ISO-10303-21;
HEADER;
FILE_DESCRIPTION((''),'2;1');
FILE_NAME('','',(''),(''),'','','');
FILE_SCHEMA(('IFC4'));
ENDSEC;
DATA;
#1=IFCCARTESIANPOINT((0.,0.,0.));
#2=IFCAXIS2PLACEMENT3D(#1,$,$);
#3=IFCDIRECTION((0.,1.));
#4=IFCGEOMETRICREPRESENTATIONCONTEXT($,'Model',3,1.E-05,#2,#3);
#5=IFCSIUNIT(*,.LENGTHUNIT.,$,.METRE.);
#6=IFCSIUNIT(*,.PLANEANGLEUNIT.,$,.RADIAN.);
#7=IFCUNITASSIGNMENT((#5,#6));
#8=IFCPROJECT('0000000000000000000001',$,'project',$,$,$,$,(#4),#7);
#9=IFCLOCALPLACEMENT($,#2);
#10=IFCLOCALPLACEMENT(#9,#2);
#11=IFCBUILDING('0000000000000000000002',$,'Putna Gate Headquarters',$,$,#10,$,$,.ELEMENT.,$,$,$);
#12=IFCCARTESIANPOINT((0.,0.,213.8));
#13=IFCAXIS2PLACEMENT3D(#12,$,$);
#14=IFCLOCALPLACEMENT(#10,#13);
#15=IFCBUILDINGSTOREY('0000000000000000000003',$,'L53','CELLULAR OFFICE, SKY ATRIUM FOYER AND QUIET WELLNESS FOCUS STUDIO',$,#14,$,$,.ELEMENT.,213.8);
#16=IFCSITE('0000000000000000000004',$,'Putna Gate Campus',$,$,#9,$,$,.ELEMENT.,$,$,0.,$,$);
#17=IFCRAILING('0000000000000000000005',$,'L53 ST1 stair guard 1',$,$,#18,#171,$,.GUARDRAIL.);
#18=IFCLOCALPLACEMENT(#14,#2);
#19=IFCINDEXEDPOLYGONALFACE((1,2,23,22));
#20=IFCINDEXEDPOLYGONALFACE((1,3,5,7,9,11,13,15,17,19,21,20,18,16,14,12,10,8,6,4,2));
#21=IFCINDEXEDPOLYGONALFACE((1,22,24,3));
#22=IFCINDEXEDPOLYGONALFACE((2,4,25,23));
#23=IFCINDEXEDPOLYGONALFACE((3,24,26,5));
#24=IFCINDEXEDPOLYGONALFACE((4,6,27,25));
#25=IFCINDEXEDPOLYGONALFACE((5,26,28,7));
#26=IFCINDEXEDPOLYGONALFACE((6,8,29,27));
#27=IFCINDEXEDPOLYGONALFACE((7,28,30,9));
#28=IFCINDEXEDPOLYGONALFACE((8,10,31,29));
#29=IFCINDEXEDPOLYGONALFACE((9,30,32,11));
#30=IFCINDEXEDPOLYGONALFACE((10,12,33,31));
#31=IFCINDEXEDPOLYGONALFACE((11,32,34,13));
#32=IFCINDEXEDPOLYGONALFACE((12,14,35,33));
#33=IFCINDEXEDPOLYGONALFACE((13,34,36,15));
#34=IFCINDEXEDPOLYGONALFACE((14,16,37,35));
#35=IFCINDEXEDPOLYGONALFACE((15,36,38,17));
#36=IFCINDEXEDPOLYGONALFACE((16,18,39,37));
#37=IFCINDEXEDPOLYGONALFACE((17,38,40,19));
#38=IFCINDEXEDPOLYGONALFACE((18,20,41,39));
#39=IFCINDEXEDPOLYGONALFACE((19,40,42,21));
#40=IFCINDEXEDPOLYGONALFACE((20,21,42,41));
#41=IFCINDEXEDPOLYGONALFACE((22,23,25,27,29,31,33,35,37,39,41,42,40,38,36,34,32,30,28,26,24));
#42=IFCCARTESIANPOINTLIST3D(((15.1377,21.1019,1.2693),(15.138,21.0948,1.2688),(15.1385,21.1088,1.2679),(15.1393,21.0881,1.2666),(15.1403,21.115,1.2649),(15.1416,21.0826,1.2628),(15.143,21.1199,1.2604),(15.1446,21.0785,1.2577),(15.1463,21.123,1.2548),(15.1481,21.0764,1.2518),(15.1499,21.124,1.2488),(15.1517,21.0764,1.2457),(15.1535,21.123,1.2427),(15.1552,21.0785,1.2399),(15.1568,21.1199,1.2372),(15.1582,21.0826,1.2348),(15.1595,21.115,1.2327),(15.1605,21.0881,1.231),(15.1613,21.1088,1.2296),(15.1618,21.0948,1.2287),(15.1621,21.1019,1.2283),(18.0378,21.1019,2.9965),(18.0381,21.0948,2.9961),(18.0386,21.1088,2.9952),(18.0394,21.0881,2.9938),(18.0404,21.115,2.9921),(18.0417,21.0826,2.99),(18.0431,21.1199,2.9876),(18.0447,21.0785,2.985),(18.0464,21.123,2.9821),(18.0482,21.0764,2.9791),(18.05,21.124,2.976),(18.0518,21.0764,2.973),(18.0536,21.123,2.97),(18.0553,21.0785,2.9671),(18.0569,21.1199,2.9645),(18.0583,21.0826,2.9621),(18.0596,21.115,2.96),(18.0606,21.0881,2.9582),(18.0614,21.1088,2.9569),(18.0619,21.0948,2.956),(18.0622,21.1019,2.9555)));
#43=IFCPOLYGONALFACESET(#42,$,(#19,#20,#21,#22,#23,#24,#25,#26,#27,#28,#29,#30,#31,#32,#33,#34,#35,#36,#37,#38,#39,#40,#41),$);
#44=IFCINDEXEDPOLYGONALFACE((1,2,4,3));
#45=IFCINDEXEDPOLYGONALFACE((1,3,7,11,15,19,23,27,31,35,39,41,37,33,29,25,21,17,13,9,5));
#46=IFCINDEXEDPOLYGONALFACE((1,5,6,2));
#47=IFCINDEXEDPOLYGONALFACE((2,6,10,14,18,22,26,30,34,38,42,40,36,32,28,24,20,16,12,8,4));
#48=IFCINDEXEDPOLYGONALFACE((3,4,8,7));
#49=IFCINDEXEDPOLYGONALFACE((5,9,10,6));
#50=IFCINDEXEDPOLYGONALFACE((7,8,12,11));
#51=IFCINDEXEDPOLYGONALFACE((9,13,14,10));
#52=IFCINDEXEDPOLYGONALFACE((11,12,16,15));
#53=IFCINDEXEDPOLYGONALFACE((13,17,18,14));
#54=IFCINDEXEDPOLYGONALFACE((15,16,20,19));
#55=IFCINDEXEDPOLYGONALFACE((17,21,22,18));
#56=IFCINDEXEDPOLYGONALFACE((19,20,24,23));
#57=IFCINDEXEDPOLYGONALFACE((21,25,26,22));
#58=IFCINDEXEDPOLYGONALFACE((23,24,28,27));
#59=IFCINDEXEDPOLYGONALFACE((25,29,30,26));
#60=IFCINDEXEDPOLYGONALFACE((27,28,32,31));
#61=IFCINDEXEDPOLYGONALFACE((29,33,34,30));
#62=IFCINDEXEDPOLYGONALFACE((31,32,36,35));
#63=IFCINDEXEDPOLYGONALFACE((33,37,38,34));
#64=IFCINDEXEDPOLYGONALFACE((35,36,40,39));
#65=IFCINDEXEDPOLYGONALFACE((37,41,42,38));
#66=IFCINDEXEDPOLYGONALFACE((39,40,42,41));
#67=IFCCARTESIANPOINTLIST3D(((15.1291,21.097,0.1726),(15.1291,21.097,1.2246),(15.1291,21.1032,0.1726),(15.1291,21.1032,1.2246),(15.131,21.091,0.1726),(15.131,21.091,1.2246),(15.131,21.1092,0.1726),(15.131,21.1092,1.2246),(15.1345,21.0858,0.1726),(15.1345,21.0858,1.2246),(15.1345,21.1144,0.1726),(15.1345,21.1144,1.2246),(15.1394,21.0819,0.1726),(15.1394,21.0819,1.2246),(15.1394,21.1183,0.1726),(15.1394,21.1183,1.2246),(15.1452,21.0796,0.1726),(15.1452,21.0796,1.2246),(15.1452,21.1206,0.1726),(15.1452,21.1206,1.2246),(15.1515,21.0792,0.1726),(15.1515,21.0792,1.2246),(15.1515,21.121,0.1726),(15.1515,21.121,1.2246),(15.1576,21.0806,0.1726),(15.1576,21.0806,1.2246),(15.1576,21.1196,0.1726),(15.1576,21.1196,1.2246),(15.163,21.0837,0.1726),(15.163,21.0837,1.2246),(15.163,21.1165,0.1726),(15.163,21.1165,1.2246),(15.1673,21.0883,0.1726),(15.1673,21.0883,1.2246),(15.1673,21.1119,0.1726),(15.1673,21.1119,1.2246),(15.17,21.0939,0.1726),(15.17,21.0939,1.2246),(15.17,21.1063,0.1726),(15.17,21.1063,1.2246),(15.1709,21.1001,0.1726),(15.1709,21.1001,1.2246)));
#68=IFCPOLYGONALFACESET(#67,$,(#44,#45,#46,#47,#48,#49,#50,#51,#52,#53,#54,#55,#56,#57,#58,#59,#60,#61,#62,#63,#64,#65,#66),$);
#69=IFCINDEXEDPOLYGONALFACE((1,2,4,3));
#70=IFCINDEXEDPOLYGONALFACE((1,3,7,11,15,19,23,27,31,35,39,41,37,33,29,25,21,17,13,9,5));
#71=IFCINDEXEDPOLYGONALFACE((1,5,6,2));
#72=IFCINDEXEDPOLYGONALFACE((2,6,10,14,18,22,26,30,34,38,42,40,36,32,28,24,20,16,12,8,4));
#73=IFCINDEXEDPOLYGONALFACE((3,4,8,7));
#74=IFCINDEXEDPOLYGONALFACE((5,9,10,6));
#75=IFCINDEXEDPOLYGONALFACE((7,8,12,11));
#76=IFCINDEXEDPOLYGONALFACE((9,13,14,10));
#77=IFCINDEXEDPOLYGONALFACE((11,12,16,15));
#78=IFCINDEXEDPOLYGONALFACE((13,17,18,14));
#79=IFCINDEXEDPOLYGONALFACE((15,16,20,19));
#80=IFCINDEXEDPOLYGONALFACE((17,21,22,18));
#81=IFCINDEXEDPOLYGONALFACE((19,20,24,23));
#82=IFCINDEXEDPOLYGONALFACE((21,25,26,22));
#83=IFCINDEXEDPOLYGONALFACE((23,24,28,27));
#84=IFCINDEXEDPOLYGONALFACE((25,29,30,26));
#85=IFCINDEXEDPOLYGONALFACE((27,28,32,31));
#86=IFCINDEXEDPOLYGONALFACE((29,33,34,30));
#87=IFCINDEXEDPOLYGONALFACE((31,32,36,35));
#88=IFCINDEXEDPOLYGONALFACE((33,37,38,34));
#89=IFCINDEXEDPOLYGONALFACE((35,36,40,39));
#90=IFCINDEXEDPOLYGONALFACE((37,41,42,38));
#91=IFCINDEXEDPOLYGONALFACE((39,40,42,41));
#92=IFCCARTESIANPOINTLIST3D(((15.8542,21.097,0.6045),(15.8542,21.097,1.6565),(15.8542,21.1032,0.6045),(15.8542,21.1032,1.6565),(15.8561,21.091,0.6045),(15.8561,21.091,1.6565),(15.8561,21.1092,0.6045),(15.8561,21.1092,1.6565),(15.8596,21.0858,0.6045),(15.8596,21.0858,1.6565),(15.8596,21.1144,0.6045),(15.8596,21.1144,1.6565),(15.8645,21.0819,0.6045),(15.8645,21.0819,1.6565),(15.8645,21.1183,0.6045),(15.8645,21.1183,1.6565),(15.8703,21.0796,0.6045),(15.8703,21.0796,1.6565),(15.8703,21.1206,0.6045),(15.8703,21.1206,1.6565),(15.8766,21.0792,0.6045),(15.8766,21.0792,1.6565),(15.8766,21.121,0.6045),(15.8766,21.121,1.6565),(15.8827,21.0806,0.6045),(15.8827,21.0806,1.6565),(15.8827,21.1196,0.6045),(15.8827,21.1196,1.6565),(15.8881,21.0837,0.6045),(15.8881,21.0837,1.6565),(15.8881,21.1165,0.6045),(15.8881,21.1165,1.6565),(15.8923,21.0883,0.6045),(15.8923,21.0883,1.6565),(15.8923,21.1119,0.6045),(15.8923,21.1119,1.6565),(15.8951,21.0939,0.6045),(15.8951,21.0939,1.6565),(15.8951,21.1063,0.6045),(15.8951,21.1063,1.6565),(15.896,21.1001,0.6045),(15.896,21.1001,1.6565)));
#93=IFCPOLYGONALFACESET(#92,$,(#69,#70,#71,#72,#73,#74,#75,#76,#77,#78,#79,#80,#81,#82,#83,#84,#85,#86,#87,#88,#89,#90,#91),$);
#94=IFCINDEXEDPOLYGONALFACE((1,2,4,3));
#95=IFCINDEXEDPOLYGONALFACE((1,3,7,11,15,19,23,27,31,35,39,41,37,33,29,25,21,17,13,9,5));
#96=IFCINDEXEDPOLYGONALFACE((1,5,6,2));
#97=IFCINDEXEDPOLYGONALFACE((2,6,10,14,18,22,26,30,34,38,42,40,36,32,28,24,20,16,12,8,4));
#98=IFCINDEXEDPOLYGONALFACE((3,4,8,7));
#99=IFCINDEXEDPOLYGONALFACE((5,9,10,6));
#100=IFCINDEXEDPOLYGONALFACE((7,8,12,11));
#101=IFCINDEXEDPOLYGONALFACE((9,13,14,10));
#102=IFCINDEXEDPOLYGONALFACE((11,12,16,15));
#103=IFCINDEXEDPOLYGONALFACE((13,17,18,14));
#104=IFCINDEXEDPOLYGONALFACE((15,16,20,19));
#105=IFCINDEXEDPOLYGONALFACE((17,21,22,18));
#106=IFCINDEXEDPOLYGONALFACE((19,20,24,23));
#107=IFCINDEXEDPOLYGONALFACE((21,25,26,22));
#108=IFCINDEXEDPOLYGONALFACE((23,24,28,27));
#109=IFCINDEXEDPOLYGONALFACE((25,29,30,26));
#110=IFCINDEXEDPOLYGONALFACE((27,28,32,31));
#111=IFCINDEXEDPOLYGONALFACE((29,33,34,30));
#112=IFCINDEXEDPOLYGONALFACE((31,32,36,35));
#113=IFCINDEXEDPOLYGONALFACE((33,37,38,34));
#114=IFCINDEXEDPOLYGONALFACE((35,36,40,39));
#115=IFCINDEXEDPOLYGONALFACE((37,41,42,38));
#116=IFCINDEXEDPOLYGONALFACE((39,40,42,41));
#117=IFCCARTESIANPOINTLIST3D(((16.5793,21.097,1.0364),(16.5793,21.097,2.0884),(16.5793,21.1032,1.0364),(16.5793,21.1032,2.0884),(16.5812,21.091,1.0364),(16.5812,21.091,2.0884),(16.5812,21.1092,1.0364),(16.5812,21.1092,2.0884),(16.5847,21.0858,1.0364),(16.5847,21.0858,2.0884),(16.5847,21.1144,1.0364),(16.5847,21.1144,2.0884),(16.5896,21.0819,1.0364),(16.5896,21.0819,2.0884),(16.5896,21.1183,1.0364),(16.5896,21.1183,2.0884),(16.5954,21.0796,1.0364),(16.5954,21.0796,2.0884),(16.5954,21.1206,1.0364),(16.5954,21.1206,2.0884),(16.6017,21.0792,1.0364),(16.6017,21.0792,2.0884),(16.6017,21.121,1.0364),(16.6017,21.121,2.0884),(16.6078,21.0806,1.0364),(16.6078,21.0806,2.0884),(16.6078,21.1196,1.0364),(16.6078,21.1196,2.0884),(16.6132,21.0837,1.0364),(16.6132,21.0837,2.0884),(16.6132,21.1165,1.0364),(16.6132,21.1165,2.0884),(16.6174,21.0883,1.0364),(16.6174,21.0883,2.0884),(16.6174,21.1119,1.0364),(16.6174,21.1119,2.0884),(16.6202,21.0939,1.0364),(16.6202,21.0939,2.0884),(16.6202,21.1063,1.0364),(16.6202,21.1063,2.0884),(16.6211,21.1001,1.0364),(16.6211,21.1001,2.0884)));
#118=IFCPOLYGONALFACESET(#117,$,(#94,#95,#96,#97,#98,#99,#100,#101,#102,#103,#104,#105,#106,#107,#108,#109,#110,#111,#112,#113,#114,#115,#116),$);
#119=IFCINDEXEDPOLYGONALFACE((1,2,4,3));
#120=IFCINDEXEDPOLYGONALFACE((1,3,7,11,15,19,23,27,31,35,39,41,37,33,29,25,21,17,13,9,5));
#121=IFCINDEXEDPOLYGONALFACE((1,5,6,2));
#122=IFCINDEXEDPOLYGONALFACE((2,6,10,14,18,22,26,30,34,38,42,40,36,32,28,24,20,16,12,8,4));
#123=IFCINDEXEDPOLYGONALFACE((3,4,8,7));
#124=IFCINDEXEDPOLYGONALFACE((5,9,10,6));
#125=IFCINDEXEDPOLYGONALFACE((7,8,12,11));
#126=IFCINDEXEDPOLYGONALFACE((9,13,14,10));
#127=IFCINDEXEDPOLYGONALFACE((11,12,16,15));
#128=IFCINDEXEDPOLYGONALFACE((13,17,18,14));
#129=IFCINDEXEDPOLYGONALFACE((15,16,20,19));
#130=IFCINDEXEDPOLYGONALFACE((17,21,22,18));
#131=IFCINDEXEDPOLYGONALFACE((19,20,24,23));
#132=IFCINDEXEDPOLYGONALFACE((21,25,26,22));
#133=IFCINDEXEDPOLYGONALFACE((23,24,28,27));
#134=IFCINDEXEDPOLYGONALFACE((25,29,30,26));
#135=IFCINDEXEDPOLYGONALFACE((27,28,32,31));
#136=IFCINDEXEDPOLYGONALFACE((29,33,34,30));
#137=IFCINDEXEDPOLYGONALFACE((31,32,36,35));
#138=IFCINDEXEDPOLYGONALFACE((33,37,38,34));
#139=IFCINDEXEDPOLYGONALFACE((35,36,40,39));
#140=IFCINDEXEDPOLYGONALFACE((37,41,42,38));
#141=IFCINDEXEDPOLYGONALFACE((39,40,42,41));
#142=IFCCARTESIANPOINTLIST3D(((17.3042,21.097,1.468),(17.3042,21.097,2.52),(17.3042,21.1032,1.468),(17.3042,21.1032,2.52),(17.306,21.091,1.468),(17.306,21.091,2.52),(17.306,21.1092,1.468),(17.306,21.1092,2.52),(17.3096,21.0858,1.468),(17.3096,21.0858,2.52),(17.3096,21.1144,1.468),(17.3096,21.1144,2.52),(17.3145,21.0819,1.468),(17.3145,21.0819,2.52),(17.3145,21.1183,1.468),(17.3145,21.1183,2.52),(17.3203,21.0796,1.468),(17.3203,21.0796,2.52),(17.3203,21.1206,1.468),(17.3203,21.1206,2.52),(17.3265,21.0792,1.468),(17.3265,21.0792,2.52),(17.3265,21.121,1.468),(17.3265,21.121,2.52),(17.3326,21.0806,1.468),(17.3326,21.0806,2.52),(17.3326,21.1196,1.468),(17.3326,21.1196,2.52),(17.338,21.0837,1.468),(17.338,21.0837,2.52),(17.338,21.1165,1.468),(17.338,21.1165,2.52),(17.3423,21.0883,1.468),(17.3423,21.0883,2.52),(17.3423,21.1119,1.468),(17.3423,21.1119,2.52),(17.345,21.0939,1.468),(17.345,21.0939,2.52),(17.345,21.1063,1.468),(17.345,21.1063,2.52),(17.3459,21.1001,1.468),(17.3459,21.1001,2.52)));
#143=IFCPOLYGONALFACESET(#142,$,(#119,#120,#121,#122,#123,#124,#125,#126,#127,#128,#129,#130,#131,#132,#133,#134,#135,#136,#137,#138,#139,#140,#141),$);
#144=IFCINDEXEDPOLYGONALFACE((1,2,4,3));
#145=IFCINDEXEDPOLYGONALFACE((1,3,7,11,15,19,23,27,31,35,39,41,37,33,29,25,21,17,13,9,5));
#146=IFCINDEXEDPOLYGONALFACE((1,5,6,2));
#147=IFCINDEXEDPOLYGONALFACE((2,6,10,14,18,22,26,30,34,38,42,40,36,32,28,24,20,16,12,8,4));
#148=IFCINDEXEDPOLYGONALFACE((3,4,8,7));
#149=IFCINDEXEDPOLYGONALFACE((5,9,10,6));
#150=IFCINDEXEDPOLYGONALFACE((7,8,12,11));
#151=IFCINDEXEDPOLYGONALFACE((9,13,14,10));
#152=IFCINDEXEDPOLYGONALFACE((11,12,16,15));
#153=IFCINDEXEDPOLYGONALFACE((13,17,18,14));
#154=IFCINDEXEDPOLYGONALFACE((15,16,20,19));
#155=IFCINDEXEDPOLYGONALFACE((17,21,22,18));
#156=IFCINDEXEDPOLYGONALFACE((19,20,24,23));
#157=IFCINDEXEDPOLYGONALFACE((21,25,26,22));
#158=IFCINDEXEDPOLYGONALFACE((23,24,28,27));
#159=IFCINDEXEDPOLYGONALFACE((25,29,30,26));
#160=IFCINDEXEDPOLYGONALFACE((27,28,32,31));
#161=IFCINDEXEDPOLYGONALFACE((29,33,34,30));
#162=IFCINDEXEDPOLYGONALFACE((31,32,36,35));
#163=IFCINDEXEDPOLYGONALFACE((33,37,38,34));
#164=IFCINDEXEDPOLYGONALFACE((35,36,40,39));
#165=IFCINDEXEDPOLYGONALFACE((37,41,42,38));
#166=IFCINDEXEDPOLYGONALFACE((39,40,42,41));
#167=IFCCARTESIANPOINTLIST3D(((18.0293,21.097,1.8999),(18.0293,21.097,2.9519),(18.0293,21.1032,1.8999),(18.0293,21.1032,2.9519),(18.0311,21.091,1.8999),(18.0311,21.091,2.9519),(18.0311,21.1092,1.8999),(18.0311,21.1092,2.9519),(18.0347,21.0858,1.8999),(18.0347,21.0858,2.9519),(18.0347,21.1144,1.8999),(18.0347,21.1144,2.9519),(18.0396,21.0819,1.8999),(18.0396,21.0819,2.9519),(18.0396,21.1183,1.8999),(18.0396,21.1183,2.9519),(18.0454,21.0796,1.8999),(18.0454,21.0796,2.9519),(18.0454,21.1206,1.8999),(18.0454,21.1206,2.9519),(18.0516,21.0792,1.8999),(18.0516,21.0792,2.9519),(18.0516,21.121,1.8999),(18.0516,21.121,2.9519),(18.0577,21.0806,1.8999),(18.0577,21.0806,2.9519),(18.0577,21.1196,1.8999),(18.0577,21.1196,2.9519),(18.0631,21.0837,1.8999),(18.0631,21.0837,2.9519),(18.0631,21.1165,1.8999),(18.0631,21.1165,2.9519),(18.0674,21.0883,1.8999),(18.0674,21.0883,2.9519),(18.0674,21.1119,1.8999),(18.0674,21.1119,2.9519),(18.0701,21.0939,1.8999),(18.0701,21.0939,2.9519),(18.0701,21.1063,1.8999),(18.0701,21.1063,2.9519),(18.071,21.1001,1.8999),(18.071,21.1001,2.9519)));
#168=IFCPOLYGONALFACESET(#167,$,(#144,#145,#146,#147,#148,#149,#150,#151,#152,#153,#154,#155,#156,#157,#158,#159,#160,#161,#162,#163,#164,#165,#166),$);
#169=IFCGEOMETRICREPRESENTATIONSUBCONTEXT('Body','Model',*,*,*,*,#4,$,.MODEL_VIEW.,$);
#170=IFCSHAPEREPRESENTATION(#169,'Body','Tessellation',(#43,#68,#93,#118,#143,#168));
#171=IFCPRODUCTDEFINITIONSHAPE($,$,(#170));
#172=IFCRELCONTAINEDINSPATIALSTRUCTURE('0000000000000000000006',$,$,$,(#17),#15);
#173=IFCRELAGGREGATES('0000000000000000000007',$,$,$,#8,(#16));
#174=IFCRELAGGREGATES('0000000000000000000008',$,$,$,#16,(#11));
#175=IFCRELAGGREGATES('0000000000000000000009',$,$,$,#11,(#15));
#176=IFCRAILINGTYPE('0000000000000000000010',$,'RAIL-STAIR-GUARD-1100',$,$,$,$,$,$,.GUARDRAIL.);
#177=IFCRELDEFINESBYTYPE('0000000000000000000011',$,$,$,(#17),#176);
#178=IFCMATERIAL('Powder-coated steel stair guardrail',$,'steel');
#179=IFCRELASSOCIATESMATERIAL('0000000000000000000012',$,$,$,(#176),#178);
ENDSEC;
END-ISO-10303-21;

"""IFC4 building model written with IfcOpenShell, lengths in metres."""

from ifc_helpers import new_model, si_unit, direction, frame, origin, origin_2d, place, context, subcontext, project, spatial, circle, extrude, material, type_object, element, save


model = new_model("IFC4")

# Units and contexts
model_context = context("Model", 3, precision=1e-05, world=origin(), true_north=direction((0.0, 1.0)))
body_context = subcontext(model_context, "Body", "Model", "MODEL_VIEW")
ifc_project = project(units=[si_unit("LENGTHUNIT", "METRE"), si_unit("PLANEANGLEUNIT", "RADIAN")], contexts=[model_context])

# Site, building, storey
site_placement = place(None, origin())
site = spatial("IfcSite", under=ifc_project, at=site_placement, Name="Putna Gate Campus", CompositionType="ELEMENT", RefElevation=0.0)
building_placement = place(site_placement, origin())
building = spatial("IfcBuilding", under=site, at=building_placement, Name="Putna Gate Headquarters", CompositionType="ELEMENT")
storey_placement = place(building_placement, frame((0.0, 0.0, 213.8)))
storey = spatial("IfcBuildingStorey", under=building, at=storey_placement, Name="L53", Description="CELLULAR OFFICE, SKY ATRIUM FOYER AND QUIET WELLNESS FOCUS STUDIO", CompositionType="ELEMENT", Elevation=213.8)

# Railing
ifc_material_1 = material(Name="Powder-coated steel stair guardrail", Category="steel")
railing_type_1 = type_object("IfcRailingType", Name="RAIL-STAIR-GUARD-1100", PredefinedType="GUARDRAIL", material=ifc_material_1)
railing_1_placement = place(storey_placement, frame((15.1499, 21.1001, 0.1726)))
element("IfcRailing", 1, at=railing_1_placement, inside=storey, type_object=railing_type_1, Name="L53 ST1 stair guard 1", PredefinedType="GUARDRAIL", context=body_context, shape_type="SweptSolid", body=[
    extrude(circle(Radius=0.0239, at=origin_2d()), frame((0.0, 0.0, 1.0762), z_axis=(0.85916, 0.0, 0.511706), x_axis=(0.0, 1.0, 0.0)), (0.0, 0.0, 1.0), 3.3755),
    extrude(circle(Radius=0.021, at=origin_2d()), origin(), (0.0, 0.0, 1.0), 1.052),
    extrude(circle(Radius=0.021, at=origin_2d()), frame((0.7251, 0.0, 0.4319)), (0.0, 0.0, 1.0), 1.052),
    extrude(circle(Radius=0.021, at=origin_2d()), frame((1.4502, 0.0, 0.8638)), (0.0, 0.0, 1.0), 1.052),
    extrude(circle(Radius=0.021, at=origin_2d()), frame((2.175, 0.0, 1.2954)), (0.0, 0.0, 1.0), 1.052),
    extrude(circle(Radius=0.021, at=origin_2d()), frame((2.9001, 0.0, 1.7273)), (0.0, 0.0, 1.0), 1.052),
])

save(model, "model.ifc")
